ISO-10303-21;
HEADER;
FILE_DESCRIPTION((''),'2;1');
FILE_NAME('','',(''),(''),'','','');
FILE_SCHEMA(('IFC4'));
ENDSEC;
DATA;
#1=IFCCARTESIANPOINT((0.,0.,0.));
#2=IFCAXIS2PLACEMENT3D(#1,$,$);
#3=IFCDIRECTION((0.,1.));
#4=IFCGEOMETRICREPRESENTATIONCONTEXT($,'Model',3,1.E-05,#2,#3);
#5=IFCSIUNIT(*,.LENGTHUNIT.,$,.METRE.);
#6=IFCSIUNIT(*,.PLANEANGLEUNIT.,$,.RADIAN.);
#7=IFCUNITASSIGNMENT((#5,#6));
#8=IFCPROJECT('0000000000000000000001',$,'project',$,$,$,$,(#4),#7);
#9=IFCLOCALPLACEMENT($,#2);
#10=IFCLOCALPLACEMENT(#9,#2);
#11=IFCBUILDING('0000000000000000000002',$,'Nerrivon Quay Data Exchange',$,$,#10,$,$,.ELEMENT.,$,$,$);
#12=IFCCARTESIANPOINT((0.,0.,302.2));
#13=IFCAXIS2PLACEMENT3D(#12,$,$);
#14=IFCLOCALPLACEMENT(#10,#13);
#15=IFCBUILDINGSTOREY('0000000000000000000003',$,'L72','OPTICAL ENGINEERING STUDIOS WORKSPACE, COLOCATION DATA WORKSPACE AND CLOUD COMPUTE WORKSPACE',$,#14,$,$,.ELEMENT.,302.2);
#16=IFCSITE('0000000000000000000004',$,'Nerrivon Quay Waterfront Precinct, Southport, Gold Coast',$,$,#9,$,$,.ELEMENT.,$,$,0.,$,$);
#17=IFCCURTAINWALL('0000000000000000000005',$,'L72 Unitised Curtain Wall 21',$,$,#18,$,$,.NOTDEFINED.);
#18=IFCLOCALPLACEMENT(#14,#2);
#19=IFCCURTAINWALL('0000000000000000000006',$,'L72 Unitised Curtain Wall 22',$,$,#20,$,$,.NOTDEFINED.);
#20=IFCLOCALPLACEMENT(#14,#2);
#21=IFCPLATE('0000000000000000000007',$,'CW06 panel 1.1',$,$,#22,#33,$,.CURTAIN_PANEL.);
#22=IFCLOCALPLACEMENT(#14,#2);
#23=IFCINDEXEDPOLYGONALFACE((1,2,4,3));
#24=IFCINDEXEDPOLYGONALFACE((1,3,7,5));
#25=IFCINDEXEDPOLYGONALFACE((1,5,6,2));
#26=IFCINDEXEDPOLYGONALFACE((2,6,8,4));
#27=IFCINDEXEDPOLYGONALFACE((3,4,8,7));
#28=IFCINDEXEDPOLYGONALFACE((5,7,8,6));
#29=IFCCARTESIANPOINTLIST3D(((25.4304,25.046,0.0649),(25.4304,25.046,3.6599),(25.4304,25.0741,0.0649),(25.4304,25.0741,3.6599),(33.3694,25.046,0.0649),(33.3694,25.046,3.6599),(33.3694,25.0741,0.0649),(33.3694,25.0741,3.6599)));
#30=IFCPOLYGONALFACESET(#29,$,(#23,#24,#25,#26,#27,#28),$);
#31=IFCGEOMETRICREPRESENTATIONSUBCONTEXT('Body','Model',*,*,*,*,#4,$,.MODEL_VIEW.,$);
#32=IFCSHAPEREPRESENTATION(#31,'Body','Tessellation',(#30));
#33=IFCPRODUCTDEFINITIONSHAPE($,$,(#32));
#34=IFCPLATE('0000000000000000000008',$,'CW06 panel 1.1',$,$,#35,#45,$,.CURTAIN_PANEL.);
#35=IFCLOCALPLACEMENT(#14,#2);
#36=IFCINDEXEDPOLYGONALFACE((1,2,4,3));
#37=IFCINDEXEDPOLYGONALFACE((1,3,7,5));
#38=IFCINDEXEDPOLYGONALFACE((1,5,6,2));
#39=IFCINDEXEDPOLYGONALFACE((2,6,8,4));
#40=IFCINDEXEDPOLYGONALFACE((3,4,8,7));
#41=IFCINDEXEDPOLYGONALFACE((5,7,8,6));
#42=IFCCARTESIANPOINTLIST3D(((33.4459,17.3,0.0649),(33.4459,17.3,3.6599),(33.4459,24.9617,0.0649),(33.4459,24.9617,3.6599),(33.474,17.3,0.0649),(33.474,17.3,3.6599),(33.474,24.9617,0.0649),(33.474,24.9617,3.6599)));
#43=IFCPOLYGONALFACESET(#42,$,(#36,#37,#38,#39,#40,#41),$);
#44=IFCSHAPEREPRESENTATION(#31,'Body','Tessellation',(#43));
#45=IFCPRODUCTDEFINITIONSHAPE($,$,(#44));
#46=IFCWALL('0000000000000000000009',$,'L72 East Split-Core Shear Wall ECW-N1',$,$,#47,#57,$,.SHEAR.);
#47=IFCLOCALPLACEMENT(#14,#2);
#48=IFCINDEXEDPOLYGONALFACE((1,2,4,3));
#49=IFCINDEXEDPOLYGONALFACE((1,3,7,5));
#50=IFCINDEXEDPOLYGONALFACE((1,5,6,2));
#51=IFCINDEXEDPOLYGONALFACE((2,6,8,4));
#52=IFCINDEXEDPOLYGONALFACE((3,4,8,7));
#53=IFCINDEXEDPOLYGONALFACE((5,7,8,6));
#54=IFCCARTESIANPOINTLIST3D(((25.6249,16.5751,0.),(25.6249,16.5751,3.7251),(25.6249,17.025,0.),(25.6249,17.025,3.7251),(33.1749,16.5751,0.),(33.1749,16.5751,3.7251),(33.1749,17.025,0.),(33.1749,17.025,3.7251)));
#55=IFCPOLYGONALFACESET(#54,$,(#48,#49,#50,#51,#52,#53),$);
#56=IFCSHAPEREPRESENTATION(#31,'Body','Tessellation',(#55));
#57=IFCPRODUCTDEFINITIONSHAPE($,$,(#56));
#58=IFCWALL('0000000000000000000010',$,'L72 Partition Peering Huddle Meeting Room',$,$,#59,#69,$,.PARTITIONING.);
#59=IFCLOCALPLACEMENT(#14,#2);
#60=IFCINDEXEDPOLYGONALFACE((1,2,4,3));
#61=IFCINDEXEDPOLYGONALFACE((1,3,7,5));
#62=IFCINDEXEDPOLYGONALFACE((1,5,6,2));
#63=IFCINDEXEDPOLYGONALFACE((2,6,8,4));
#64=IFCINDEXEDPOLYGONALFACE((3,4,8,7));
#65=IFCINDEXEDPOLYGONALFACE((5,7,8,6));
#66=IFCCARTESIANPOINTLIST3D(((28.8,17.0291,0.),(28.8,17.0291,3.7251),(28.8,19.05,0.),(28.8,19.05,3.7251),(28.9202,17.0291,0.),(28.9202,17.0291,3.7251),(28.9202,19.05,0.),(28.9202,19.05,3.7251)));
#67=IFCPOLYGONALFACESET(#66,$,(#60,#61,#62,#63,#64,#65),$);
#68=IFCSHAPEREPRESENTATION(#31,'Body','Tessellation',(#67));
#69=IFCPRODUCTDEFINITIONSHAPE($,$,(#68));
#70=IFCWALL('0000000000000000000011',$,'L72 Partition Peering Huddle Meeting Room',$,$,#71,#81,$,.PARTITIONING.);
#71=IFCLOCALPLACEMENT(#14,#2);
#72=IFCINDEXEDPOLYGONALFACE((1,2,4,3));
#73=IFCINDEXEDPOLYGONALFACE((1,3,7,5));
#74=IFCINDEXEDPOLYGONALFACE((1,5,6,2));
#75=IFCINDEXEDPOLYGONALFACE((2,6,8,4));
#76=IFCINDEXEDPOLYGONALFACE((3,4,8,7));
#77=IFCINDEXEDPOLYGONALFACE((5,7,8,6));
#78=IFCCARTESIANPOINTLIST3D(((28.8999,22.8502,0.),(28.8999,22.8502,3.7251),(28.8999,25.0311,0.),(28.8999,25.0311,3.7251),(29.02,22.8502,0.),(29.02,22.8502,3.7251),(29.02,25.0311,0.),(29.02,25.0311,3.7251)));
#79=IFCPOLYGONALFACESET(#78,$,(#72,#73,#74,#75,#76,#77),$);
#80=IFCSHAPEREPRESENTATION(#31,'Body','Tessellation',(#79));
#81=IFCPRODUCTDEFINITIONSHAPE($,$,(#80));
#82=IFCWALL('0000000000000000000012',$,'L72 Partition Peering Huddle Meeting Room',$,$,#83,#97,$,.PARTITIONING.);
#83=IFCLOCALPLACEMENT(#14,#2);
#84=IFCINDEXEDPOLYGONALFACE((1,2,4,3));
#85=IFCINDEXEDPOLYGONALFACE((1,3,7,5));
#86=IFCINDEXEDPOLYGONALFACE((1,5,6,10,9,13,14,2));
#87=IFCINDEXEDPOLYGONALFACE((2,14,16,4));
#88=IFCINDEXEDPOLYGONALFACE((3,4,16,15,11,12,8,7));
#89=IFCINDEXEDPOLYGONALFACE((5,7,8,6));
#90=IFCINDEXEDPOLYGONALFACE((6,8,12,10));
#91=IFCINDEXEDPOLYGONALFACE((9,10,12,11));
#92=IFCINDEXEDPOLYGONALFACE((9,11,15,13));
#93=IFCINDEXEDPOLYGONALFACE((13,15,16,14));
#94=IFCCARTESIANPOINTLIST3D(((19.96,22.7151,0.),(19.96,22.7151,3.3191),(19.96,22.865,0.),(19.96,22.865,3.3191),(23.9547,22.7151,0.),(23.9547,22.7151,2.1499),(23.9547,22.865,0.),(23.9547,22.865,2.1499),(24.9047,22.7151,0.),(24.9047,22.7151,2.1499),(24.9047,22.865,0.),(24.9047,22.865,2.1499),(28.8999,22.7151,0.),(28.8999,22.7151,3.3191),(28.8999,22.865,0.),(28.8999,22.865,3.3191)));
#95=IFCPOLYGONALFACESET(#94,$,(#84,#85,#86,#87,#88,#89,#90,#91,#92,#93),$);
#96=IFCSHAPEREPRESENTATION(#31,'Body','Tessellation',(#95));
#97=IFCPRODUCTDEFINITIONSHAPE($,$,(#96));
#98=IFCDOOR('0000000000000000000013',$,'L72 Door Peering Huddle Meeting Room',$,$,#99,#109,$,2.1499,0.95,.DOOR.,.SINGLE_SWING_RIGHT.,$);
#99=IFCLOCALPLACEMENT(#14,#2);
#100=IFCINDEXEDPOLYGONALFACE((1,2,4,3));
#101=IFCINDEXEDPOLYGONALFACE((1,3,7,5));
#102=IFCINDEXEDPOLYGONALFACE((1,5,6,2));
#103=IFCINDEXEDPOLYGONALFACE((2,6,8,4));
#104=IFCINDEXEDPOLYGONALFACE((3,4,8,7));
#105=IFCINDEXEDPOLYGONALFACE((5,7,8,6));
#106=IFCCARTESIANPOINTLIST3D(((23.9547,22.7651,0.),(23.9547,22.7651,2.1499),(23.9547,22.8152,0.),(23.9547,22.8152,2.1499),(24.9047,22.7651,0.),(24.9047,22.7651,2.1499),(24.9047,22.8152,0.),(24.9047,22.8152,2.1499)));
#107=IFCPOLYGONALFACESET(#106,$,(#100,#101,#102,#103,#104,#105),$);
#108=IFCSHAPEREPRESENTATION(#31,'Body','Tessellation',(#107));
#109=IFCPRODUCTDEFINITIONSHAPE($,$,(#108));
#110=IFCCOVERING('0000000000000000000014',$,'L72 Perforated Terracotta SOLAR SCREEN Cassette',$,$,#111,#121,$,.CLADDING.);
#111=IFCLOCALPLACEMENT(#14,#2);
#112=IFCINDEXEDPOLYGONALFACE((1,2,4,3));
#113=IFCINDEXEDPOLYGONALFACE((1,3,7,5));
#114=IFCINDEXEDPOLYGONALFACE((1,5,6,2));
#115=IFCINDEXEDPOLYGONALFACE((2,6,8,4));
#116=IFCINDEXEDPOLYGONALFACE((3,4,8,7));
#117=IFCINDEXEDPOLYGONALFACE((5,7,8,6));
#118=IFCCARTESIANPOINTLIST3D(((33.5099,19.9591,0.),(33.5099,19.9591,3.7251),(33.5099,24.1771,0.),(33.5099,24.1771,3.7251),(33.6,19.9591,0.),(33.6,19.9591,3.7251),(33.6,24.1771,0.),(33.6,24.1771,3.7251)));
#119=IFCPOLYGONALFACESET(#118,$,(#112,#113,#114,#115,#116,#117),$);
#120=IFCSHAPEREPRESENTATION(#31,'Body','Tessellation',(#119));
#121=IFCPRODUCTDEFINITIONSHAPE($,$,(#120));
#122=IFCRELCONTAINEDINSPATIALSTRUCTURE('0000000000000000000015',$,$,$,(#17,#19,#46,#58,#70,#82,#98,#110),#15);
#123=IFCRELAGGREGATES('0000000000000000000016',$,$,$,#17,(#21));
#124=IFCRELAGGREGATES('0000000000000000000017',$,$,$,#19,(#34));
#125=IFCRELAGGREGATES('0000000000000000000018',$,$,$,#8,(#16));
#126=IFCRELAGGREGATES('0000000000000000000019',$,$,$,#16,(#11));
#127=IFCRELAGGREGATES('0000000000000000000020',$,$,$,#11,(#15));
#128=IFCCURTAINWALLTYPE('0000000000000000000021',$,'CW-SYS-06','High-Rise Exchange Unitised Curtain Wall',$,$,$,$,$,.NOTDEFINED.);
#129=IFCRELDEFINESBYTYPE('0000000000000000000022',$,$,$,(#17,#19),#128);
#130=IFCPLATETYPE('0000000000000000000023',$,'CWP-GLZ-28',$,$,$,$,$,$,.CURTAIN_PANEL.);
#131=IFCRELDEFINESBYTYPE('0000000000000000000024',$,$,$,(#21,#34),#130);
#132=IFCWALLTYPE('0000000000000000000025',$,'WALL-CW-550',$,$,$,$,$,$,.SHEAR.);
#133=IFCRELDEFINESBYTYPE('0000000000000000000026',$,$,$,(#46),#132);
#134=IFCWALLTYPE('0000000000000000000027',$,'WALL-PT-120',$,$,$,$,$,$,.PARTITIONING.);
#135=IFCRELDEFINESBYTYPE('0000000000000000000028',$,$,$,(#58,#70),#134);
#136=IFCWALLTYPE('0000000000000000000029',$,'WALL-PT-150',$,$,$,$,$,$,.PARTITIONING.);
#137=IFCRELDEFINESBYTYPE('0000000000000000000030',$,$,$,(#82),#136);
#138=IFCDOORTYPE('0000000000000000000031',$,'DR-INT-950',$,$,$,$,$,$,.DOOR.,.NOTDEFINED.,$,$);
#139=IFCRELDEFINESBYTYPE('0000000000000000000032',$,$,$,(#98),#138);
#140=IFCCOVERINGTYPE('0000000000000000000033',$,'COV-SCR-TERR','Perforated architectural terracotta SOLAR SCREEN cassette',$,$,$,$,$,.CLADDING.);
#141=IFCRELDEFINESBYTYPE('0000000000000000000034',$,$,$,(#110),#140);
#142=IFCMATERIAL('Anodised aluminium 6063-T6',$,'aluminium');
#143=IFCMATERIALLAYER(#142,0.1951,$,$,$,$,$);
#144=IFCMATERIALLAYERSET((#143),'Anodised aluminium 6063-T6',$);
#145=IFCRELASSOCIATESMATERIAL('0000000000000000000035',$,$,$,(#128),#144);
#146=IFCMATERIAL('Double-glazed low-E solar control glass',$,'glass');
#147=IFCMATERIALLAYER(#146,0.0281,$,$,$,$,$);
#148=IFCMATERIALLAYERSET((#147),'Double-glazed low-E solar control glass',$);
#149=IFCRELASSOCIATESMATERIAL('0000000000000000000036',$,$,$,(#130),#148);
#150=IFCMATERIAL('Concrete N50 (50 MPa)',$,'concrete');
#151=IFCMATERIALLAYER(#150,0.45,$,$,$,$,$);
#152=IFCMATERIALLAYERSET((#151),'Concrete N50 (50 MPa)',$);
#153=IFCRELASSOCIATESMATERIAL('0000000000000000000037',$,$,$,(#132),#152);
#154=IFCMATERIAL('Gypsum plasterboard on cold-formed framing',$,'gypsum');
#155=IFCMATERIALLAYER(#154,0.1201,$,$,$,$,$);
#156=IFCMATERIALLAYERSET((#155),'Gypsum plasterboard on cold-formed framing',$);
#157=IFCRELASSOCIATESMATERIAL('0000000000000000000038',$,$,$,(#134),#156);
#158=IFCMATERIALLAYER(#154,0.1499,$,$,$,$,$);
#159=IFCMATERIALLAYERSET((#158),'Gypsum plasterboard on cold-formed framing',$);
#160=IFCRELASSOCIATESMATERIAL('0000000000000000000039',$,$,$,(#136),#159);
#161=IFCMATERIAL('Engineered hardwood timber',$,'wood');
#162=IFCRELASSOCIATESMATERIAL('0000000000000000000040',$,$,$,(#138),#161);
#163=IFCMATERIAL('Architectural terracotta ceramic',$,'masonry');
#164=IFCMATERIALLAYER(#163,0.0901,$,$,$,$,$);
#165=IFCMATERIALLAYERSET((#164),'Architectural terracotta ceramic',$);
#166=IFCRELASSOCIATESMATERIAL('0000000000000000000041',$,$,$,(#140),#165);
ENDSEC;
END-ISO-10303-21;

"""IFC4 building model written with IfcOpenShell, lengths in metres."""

from ifc_helpers import new_model, si_unit, direction, frame, frame_2d, origin, origin_2d, place, context, subcontext, project, spatial, rectangle, extrude, material, layer, layer_set, type_object, element, fill, aggregate, save


model = new_model("IFC4")

# Units and contexts
model_context = context("Model", 3, precision=1e-05, world=origin(), true_north=direction((0.0, 1.0)))
body_context = subcontext(model_context, "Body", "Model", "MODEL_VIEW")
ifc_project = project(units=[si_unit("LENGTHUNIT", "METRE"), si_unit("PLANEANGLEUNIT", "RADIAN")], contexts=[model_context])

# Site, building, storey
site_placement = place(None, origin())
site = spatial("IfcSite", under=ifc_project, at=site_placement, Name="Nerrivon Quay Waterfront Precinct, Southport, Gold Coast", CompositionType="ELEMENT", RefElevation=0.0)
building_placement = place(site_placement, origin())
building = spatial("IfcBuilding", under=site, at=building_placement, Name="Nerrivon Quay Data Exchange", CompositionType="ELEMENT")
storey_placement = place(building_placement, frame((0.0, 0.0, 302.2)))
storey = spatial("IfcBuildingStorey", under=building, at=storey_placement, Name="L72", Description="OPTICAL ENGINEERING STUDIOS WORKSPACE, COLOCATION DATA WORKSPACE AND CLOUD COMPUTE WORKSPACE", CompositionType="ELEMENT", Elevation=302.2)

# Curtain wall
ifc_material_1 = material(Name="Anodised aluminium 6063-T6", Category="aluminium")
ifc_layer_1 = layer(ifc_material_1, 0.1951)
ifc_layer_set_1 = layer_set([ifc_layer_1], Name="Anodised aluminium 6063-T6")
curtain_wall_type = type_object("IfcCurtainWallType", Name="CW-SYS-06", Description="High-Rise Exchange Unitised Curtain Wall", PredefinedType="NOTDEFINED", material=ifc_layer_set_1)
curtain_wall_1_placement = place(storey_placement, origin())
curtain_wall_1 = element("IfcCurtainWall", 1, at=curtain_wall_1_placement, inside=storey, type_object=curtain_wall_type, Name="L72 Unitised Curtain Wall 21", PredefinedType="NOTDEFINED")

# Curtain wall
curtain_wall_2_placement = place(storey_placement, origin())
curtain_wall_2 = element("IfcCurtainWall", 2, at=curtain_wall_2_placement, inside=storey, type_object=curtain_wall_type, Name="L72 Unitised Curtain Wall 22", PredefinedType="NOTDEFINED")

# Plates
ifc_material_2 = material(Name="Double-glazed low-E solar control glass", Category="glass")
ifc_layer_2 = layer(ifc_material_2, 0.0281)
ifc_layer_set_2 = layer_set([ifc_layer_2], Name="Double-glazed low-E solar control glass")
plate_type = type_object("IfcPlateType", Name="CWP-GLZ-28", PredefinedType="CURTAIN_PANEL", material=ifc_layer_set_2)
plate_1_placement = place(storey_placement, frame((29.3999, 25.0601, 0.0649), z_axis=(0.0, 0.0, 1.0), x_axis=(1.0, 0.0, 0.0)))
plate_1 = element("IfcPlate", 3, at=plate_1_placement, type_object=plate_type, Name="CW06 panel 1.1", PredefinedType="CURTAIN_PANEL", context=body_context, shape_type="SweptSolid", body=[
    extrude(rectangle(XDim=7.939, YDim=0.0281, at=origin_2d()), origin(), (0.0, 0.0, 1.0), 3.595),
])
aggregate(curtain_wall_1, [plate_1])
plate_2_placement = place(storey_placement, frame((33.46, 21.1309, 0.0649), z_axis=(0.0, 0.0, 1.0), x_axis=(0.0, -1.0, 0.0)))
plate_2 = element("IfcPlate", 4, at=plate_2_placement, type_object=plate_type, Name="CW06 panel 1.1", PredefinedType="CURTAIN_PANEL", context=body_context, shape_type="SweptSolid", body=[
    extrude(rectangle(XDim=7.6616, YDim=0.0281, at=origin_2d()), origin(), (0.0, 0.0, 1.0), 3.595),
])
aggregate(curtain_wall_2, [plate_2])

# Walls
ifc_material_3 = material(Name="Concrete N50 (50 MPa)", Category="concrete")
ifc_layer_3 = layer(ifc_material_3, 0.45)
ifc_layer_set_3 = layer_set([ifc_layer_3], Name="Concrete N50 (50 MPa)")
wall_type_1 = type_object("IfcWallType", Name="WALL-CW-550", PredefinedType="SHEAR", material=ifc_layer_set_3)
wall_1_placement = place(storey_placement, frame((25.625, 16.8, 0.0), z_axis=(0.0, 0.0, 1.0), x_axis=(1.0, 0.0, 0.0)))
element("IfcWall", 5, at=wall_1_placement, inside=storey, type_object=wall_type_1, Name="L72 East Split-Core Shear Wall ECW-N1", PredefinedType="SHEAR", context=body_context, shape_type="SweptSolid", body=[
    extrude(rectangle(XDim=7.55, YDim=0.45, at=frame_2d((3.7749, 0.0))), origin(), (0.0, 0.0, 1.0), 3.7251),
])
ifc_material_4 = material(Name="Gypsum plasterboard on cold-formed framing", Category="gypsum")
ifc_layer_4 = layer(ifc_material_4, 0.1201)
ifc_layer_set_4 = layer_set([ifc_layer_4], Name="Gypsum plasterboard on cold-formed framing")
wall_type_2 = type_object("IfcWallType", Name="WALL-PT-120", PredefinedType="PARTITIONING", material=ifc_layer_set_4)
wall_2_placement = place(storey_placement, frame((28.8601, 19.05, 0.0), z_axis=(0.0, 0.0, 1.0), x_axis=(0.0, -1.0, 0.0)))
element("IfcWall", 6, at=wall_2_placement, inside=storey, type_object=wall_type_2, Name="L72 Partition Peering Huddle Meeting Room", PredefinedType="PARTITIONING", context=body_context, shape_type="SweptSolid", body=[
    extrude(rectangle(XDim=2.021, YDim=0.1201, at=frame_2d((1.0105, 0.0))), origin(), (0.0, 0.0, 1.0), 3.7251),
])
wall_3_placement = place(storey_placement, frame((28.96, 25.031, 0.0), z_axis=(0.0, 0.0, 1.0), x_axis=(0.0, -1.0, 0.0)))
element("IfcWall", 7, at=wall_3_placement, inside=storey, type_object=wall_type_2, Name="L72 Partition Peering Huddle Meeting Room", PredefinedType="PARTITIONING", context=body_context, shape_type="SweptSolid", body=[
    extrude(rectangle(XDim=2.1809, YDim=0.1201, at=frame_2d((1.0903, 0.0))), origin(), (0.0, 0.0, 1.0), 3.7251),
])

# Wall, opening, door
ifc_layer_5 = layer(ifc_material_4, 0.1499)
ifc_layer_set_5 = layer_set([ifc_layer_5], Name="Gypsum plasterboard on cold-formed framing")
wall_type_3 = type_object("IfcWallType", Name="WALL-PT-150", PredefinedType="PARTITIONING", material=ifc_layer_set_5)
wall_4_placement = place(storey_placement, frame((28.8999, 22.79, 0.0), z_axis=(0.0, 0.0, 1.0), x_axis=(-1.0, 0.0, 0.0)))
wall_4 = element("IfcWall", 8, at=wall_4_placement, inside=storey, type_object=wall_type_3, Name="L72 Partition Peering Huddle Meeting Room", PredefinedType="PARTITIONING", context=body_context, shape_type="SweptSolid", body=[
    extrude(rectangle(XDim=8.9399, YDim=0.1499, at=frame_2d((4.47, 0.0))), origin(), (0.0, 0.0, 1.0), 3.3191),
])
opening_placement = place(wall_4_placement, frame((3.9951, 0.0, 0.0)))
opening = element("IfcOpeningElement", 9, at=opening_placement, cuts=wall_4, PredefinedType="OPENING", context=body_context, shape_type="SweptSolid", body=[
    extrude(rectangle(XDim=0.95, YDim=2.1499, at=frame_2d((0.4751, 1.075))), frame((0.0, 0.085, 0.0), z_axis=(0.0, -1.0, 0.0), x_axis=(1.0, 0.0, 0.0)), (0.0, 0.0, 1.0), 0.1699),
])
ifc_material_5 = material(Name="Engineered hardwood timber", Category="wood")
door_type = type_object("IfcDoorType", Name="DR-INT-950", OperationType="NOTDEFINED", PredefinedType="DOOR", material=ifc_material_5)
door_placement = place(opening_placement, origin())
door = element("IfcDoor", 10, at=door_placement, inside=storey, type_object=door_type, Name="L72 Door Peering Huddle Meeting Room", OperationType="SINGLE_SWING_RIGHT", OverallHeight=2.1499, OverallWidth=0.95, PredefinedType="DOOR", context=body_context, shape_type="SweptSolid", body=[
    extrude(rectangle(XDim=0.95, YDim=2.1499, at=frame_2d((0.4751, 1.075))), frame((0.0, 0.0249, 0.0), z_axis=(0.0, -1.0, 0.0), x_axis=(1.0, 0.0, 0.0)), (0.0, 0.0, 1.0), 0.05),
])
fill(opening, door)

# Covering
ifc_material_6 = material(Name="Architectural terracotta ceramic", Category="masonry")
ifc_layer_6 = layer(ifc_material_6, 0.0901)
ifc_layer_set_6 = layer_set([ifc_layer_6], Name="Architectural terracotta ceramic")
covering_type = type_object("IfcCoveringType", Name="COV-SCR-TERR", Description="Perforated architectural terracotta SOLAR SCREEN cassette", PredefinedType="CLADDING", material=ifc_layer_set_6)
covering_placement = place(storey_placement, frame((33.5549, 22.0681, 0.0), z_axis=(0.0, 0.0, 1.0), x_axis=(0.0, -1.0, 0.0)))
element("IfcCovering", 11, at=covering_placement, inside=storey, type_object=covering_type, Name="L72 Perforated Terracotta SOLAR SCREEN Cassette", PredefinedType="CLADDING", context=body_context, shape_type="SweptSolid", body=[
    extrude(rectangle(XDim=4.218, YDim=0.0901, at=origin_2d()), origin(), (0.0, 0.0, 1.0), 3.7251),
])

save(model, "model.ifc")
